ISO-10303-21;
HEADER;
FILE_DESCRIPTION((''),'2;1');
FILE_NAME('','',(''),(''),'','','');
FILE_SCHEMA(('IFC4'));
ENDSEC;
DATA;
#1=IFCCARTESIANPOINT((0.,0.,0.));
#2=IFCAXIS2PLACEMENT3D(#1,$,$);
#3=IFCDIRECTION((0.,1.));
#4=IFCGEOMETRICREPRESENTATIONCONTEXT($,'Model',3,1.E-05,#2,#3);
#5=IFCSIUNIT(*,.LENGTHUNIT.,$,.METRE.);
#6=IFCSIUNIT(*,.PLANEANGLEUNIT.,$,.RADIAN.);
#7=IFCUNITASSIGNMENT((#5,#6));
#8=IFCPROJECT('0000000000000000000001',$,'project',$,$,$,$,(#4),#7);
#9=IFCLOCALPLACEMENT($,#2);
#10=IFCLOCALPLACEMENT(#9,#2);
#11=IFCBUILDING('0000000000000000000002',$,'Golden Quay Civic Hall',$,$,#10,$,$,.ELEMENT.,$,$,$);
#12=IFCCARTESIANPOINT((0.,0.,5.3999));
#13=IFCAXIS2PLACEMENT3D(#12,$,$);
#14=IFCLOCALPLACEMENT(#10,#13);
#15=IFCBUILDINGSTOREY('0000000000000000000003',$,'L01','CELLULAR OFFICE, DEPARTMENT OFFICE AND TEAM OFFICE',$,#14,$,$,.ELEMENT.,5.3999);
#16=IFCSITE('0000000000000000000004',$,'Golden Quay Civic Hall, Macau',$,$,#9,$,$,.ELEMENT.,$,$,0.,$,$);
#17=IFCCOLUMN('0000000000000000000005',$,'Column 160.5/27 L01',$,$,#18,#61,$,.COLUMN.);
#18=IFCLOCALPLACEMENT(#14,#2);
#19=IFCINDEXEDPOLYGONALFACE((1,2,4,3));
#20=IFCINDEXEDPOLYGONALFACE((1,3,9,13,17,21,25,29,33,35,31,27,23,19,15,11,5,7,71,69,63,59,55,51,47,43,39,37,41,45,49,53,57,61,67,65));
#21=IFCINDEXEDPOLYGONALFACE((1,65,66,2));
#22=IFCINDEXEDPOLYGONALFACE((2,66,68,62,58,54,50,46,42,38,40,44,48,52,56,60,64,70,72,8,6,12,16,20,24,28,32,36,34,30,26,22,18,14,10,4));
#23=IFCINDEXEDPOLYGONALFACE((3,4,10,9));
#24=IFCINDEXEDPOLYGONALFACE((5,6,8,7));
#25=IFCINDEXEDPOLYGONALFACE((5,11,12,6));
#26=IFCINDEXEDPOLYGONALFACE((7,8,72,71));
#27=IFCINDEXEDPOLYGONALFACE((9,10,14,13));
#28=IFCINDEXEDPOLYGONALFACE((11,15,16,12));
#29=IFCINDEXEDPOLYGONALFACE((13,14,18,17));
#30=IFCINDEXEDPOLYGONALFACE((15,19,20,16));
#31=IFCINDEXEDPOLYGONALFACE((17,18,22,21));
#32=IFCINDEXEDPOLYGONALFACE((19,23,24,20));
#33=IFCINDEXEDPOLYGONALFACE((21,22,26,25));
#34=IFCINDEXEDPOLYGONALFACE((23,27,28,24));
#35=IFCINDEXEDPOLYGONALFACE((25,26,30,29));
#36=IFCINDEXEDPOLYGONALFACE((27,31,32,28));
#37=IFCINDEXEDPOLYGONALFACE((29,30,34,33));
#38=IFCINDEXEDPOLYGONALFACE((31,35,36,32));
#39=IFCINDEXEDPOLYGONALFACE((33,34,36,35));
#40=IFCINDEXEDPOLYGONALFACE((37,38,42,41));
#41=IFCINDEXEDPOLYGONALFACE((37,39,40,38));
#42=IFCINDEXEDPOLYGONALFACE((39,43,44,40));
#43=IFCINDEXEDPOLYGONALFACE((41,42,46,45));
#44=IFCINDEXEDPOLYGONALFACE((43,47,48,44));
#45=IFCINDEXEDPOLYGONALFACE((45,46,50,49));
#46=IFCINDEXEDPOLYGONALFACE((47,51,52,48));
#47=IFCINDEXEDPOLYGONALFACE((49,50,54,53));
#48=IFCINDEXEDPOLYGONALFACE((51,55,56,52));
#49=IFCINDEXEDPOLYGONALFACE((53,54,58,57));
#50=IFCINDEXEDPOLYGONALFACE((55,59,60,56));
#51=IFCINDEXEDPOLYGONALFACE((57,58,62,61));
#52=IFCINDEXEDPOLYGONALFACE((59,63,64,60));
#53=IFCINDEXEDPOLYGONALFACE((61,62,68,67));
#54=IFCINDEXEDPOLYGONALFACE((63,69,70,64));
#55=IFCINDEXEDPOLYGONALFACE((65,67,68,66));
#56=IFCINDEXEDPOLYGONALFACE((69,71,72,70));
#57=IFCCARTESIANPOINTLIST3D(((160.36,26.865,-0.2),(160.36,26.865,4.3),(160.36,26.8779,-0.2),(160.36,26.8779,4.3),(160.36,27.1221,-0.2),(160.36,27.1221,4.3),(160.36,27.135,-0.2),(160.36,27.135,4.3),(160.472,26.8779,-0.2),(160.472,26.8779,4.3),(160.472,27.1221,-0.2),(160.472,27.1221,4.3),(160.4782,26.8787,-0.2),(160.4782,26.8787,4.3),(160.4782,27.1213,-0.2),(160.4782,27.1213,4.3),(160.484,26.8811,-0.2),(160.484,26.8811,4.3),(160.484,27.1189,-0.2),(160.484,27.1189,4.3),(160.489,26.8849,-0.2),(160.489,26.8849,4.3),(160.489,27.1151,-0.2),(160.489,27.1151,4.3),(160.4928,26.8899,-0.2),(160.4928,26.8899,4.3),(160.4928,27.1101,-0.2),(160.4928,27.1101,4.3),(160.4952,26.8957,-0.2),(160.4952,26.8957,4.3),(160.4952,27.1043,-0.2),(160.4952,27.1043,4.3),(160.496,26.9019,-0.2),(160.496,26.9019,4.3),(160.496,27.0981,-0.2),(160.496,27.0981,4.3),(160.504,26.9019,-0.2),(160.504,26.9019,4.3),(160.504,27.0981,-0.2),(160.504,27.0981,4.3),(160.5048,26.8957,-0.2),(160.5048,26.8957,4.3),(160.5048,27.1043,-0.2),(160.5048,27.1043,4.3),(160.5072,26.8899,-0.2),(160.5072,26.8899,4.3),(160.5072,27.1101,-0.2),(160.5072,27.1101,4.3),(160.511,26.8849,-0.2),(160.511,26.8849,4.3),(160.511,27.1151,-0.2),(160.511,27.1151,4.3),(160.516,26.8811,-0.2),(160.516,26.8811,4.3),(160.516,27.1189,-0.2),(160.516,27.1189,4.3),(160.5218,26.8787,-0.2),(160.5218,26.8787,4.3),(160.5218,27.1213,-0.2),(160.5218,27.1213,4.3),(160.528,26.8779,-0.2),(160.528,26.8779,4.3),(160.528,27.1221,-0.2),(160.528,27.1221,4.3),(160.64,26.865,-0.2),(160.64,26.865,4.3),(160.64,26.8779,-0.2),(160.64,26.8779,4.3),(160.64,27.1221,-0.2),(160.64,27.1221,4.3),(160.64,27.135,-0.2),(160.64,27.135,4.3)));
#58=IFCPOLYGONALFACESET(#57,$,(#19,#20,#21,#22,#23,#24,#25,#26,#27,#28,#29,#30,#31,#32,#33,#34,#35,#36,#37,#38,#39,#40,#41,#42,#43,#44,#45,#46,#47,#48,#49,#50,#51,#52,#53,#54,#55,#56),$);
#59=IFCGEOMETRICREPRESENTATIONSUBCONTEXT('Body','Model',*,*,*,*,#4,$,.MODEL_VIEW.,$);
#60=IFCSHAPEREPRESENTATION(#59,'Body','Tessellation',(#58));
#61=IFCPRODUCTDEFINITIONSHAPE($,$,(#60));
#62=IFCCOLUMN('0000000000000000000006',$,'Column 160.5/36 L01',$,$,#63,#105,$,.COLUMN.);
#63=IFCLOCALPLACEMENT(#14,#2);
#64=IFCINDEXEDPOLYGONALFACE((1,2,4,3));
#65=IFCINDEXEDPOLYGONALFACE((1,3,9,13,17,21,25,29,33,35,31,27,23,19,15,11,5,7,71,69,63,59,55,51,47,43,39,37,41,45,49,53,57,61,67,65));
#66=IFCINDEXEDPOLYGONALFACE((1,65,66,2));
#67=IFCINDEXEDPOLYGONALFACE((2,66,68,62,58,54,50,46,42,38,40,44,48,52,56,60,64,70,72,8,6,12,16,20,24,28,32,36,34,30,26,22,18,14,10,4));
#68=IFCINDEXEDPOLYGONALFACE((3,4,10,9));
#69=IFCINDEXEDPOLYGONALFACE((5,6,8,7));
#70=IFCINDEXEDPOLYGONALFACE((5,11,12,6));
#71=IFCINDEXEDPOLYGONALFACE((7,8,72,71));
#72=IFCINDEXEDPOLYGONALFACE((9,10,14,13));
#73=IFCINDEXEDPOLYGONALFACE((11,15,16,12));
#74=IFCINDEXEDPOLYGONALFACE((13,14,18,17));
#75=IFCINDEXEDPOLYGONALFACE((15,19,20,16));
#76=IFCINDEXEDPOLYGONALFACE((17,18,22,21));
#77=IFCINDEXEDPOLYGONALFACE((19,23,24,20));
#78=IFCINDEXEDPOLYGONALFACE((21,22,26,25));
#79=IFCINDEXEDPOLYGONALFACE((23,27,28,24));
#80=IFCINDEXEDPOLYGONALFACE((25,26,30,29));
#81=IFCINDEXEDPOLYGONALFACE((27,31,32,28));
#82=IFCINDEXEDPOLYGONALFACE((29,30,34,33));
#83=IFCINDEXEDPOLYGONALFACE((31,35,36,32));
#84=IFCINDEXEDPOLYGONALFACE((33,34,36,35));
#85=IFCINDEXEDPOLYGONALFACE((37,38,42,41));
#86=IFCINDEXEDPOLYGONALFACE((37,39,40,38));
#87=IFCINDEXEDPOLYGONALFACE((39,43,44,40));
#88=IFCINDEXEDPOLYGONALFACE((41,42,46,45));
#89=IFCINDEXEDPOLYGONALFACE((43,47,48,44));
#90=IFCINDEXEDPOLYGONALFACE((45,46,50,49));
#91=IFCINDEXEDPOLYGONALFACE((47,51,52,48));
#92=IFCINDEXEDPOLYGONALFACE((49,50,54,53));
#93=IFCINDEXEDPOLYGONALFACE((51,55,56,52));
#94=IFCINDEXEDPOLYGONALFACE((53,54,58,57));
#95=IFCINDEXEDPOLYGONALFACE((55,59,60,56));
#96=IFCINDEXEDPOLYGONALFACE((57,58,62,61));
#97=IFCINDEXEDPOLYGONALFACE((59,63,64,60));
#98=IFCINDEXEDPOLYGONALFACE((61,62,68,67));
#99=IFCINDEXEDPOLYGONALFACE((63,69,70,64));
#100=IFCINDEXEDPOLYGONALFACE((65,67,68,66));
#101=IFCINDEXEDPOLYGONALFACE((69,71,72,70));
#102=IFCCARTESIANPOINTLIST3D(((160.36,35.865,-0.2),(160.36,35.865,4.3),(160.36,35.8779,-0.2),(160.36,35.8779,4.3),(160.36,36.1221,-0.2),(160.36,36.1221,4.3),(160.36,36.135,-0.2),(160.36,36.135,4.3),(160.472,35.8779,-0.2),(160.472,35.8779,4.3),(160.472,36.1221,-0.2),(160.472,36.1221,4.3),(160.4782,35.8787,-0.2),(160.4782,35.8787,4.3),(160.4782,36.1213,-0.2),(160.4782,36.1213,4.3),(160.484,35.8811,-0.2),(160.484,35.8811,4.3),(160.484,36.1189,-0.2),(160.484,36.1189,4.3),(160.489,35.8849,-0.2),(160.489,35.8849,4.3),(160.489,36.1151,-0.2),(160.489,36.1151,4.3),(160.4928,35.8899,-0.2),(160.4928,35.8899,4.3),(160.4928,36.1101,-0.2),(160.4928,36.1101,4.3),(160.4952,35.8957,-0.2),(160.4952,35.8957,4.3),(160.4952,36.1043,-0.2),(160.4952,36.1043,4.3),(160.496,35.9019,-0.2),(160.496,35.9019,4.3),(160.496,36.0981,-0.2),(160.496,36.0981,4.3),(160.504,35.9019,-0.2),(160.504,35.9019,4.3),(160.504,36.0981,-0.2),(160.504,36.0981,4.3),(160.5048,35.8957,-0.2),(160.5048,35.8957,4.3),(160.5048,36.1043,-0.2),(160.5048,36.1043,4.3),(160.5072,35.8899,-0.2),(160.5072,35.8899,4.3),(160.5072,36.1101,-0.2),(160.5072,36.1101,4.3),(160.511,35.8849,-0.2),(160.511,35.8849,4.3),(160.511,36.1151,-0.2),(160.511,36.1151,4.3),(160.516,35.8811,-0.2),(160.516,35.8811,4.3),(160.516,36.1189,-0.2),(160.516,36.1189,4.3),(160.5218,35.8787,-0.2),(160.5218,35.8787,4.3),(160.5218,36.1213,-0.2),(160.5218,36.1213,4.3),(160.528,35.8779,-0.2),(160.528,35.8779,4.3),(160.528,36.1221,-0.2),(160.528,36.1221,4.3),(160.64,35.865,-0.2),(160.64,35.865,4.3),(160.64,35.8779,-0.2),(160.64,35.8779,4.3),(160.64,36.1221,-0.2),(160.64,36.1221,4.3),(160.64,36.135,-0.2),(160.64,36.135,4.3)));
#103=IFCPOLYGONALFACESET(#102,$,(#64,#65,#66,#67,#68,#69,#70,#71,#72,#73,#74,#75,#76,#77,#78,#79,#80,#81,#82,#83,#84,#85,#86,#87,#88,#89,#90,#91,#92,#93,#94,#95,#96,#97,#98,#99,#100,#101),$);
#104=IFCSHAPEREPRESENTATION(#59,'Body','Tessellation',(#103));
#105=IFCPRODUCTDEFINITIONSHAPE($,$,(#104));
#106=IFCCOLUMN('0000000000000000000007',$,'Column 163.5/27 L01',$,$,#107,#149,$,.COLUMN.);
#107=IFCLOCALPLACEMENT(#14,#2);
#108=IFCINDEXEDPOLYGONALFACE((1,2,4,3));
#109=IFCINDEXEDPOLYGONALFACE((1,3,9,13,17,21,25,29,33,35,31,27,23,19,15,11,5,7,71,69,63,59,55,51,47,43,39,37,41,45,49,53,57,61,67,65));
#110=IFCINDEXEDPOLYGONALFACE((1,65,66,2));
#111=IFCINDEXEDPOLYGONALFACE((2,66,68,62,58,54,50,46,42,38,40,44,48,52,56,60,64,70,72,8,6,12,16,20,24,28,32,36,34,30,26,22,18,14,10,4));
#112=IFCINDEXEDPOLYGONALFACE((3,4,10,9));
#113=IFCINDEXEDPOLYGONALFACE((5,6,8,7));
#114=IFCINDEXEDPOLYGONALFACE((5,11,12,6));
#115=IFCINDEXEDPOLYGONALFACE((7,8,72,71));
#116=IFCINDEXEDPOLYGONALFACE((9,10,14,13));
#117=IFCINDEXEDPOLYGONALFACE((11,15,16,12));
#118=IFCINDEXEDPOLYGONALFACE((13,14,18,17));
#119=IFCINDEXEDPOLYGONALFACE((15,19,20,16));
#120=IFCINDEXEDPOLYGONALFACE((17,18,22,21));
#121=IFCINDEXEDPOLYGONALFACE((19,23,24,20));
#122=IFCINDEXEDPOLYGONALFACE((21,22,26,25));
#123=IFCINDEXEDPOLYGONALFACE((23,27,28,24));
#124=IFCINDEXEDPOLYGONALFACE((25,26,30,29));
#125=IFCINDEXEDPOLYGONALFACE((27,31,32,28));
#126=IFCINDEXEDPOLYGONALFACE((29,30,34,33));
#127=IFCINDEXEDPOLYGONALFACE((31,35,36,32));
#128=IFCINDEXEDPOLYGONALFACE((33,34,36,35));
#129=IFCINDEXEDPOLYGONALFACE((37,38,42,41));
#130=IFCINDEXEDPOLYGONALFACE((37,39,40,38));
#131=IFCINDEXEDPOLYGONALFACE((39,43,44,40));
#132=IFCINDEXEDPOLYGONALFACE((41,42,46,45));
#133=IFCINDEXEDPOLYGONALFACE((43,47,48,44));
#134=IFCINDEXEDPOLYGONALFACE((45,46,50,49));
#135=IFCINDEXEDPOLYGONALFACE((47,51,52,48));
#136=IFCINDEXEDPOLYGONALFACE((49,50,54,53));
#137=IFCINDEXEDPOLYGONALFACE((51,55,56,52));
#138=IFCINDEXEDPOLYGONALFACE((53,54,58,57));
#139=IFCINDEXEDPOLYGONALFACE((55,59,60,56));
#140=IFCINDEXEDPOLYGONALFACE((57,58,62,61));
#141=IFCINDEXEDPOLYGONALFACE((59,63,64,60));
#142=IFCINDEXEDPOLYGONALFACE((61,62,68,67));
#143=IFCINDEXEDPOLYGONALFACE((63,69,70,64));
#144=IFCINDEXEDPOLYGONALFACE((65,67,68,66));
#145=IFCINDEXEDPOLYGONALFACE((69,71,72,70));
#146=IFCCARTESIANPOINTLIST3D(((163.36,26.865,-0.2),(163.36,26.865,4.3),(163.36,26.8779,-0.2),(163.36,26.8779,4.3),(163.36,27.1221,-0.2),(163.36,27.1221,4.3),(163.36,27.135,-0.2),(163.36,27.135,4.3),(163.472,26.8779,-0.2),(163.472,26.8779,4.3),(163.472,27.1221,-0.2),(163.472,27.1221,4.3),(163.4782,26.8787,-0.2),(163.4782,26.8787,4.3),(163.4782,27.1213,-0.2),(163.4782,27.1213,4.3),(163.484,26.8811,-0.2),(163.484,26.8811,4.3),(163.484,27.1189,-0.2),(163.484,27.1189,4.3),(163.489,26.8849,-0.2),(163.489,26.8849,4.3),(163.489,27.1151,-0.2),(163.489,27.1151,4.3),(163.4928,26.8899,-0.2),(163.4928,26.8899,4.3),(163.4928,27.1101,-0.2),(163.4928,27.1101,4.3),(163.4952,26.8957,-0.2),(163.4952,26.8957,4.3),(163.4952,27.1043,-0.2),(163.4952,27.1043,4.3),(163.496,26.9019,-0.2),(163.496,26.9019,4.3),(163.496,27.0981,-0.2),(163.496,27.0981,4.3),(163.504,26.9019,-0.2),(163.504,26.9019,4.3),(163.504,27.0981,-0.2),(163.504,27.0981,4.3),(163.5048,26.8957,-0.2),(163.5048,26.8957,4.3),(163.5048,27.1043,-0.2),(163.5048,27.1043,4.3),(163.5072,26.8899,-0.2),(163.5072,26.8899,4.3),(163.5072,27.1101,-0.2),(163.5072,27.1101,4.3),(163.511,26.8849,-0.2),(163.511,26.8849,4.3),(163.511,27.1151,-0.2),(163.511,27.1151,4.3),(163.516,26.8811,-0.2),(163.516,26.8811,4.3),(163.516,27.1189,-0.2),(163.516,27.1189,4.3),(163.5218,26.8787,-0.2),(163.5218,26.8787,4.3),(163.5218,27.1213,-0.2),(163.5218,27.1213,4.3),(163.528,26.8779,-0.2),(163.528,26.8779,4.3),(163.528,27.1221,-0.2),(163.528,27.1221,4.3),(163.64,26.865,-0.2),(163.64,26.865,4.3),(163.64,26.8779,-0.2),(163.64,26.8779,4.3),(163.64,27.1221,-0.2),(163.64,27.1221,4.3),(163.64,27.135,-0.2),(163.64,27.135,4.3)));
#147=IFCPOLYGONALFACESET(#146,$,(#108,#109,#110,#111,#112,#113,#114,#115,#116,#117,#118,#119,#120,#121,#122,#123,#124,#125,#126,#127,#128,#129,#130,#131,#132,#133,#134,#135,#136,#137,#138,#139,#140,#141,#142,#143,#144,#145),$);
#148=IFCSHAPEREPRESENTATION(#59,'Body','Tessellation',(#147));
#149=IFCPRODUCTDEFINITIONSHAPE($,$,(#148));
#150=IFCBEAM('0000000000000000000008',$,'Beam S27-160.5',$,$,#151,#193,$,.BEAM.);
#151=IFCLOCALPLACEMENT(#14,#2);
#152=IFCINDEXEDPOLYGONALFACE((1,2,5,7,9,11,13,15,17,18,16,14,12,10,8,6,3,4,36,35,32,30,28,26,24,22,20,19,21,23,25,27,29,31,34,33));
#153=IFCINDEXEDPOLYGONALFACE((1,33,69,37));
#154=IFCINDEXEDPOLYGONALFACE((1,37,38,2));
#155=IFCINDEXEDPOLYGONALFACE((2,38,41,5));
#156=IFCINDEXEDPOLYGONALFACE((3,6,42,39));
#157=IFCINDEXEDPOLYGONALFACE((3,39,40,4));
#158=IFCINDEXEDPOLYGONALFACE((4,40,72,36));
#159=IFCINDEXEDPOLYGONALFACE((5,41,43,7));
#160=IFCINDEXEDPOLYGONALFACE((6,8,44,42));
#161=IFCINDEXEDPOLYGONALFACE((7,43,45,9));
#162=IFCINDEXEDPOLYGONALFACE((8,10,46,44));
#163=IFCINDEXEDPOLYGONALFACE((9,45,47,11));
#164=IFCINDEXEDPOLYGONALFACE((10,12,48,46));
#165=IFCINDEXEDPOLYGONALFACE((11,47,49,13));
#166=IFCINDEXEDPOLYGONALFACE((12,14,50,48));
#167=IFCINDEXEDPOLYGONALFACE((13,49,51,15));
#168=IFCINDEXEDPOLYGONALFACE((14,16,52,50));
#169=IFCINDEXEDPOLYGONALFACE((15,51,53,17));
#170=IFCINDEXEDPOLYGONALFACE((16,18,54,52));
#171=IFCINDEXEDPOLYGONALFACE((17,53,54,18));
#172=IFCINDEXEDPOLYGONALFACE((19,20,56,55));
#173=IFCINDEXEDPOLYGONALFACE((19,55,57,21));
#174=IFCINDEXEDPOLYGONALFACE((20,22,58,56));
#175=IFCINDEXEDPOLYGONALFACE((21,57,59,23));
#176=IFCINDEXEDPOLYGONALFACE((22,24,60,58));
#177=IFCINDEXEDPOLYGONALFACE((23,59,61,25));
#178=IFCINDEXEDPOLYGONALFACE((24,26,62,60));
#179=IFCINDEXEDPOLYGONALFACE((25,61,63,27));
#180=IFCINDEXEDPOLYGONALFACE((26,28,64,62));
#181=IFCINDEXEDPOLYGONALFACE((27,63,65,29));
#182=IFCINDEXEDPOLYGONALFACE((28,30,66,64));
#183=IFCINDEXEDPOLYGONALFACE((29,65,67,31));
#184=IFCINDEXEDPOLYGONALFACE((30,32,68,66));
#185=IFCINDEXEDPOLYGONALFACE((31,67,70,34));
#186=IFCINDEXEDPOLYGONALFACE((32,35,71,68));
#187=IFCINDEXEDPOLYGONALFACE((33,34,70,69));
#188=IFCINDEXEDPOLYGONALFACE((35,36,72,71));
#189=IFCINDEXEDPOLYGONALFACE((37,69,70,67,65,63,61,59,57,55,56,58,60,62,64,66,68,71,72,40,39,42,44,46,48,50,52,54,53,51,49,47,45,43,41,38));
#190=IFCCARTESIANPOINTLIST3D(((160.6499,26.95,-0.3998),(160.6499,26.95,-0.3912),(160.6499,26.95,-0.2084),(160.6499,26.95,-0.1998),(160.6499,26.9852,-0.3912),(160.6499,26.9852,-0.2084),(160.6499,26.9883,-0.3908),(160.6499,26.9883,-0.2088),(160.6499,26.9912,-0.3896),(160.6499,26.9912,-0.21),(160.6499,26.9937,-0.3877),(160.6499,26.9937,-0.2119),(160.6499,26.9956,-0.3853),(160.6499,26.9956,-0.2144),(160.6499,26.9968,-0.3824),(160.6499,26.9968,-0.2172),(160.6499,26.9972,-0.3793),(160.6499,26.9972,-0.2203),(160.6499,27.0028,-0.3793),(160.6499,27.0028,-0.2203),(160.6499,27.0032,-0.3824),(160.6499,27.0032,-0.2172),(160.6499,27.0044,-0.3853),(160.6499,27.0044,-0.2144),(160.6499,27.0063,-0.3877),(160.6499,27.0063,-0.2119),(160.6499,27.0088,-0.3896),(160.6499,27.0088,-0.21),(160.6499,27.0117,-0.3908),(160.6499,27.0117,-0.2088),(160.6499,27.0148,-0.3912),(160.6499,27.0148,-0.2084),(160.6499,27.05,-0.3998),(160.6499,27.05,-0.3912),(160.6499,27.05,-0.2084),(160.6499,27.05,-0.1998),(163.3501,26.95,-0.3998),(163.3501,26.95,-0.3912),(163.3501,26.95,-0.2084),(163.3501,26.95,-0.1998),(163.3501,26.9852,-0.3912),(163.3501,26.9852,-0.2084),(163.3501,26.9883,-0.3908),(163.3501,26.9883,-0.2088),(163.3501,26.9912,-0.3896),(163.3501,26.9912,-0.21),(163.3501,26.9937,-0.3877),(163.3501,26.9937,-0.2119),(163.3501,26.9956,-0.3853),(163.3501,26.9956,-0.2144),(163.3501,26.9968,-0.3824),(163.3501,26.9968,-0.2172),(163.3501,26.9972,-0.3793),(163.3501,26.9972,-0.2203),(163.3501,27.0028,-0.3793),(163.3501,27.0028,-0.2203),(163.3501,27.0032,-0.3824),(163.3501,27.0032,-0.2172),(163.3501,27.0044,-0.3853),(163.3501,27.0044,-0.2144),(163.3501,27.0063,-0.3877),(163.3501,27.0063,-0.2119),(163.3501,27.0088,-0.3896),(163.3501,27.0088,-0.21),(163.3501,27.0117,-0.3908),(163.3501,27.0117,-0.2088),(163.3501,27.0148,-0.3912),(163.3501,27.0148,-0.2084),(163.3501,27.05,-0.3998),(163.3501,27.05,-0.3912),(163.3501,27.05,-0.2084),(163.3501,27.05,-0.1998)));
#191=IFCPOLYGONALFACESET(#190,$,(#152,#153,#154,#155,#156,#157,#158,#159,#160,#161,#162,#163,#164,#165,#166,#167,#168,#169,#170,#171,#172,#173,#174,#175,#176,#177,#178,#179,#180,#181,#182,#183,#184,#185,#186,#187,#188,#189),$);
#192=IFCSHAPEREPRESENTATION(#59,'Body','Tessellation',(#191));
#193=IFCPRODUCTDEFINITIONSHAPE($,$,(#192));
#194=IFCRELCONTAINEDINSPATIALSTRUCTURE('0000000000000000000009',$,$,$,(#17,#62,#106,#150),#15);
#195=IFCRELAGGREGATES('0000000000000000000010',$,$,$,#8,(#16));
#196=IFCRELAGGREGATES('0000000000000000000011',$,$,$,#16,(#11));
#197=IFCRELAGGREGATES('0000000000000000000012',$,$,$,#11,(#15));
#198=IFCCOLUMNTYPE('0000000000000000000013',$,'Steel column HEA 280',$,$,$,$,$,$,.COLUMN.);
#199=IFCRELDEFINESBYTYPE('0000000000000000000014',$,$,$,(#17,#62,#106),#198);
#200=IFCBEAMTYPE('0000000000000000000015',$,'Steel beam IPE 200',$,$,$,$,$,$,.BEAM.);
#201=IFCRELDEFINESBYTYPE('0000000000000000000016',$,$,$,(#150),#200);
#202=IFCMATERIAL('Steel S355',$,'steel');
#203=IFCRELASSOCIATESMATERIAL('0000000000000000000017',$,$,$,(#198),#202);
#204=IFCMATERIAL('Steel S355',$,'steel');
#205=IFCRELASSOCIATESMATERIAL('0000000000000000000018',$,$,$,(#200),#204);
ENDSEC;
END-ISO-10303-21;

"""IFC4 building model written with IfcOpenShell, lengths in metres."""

from ifc_helpers import new_model, si_unit, direction, frame, origin, origin_2d, place, context, subcontext, project, spatial, i_section, extrude, material, material_profile, profile_set, type_object, element, save


model = new_model("IFC4")

# Units and contexts
model_context = context("Model", 3, precision=1e-05, world=origin(), true_north=direction((0.0, 1.0)))
body_context = subcontext(model_context, "Body", "Model", "MODEL_VIEW")
ifc_project = project(units=[si_unit("LENGTHUNIT", "METRE"), si_unit("PLANEANGLEUNIT", "RADIAN")], contexts=[model_context])

# Site, building, storey
site_placement = place(None, origin())
site = spatial("IfcSite", under=ifc_project, at=site_placement, Name="Golden Quay Civic Hall, Macau", CompositionType="ELEMENT", RefElevation=0.0)
building_placement = place(site_placement, origin())
building = spatial("IfcBuilding", under=site, at=building_placement, Name="Golden Quay Civic Hall", CompositionType="ELEMENT")
storey_placement = place(building_placement, frame((0.0, 0.0, 5.3999)))
storey = spatial("IfcBuildingStorey", under=building, at=storey_placement, Name="L01", Description="CELLULAR OFFICE, DEPARTMENT OFFICE AND TEAM OFFICE", CompositionType="ELEMENT", Elevation=5.3999)

# Columns
ifc_material_1 = material(Name="Steel S355", Category="steel")
ifc_material_profile_1 = material_profile(ifc_material_1, i_section(OverallWidth=0.28, OverallDepth=0.27, WebThickness=0.0081, FlangeThickness=0.0129, FilletRadius=0.0239, at=origin_2d()), Name="HEA 280")
ifc_profile_set_1 = profile_set([ifc_material_profile_1], Name="Steel S355")
column_type = type_object("IfcColumnType", Name="Steel column HEA 280", PredefinedType="COLUMN", material=ifc_profile_set_1)
for number, where, z_axis, x_axis, name in (
    (1, (160.5, 27.0, -0.2), (0.0, 0.0, 1.0), (1.0, 0.0, 0.0), "Column 160.5/27 L01"),
    (2, (160.5, 36.0, -0.2), (0.0, 0.0, 1.0), (1.0, 0.0, 0.0), "Column 160.5/36 L01"),
    (3, (163.5, 27.0, -0.2), (0.0, 0.0, 1.0), (1.0, 0.0, 0.0), "Column 163.5/27 L01"),
):
    element("IfcColumn", number, at=place(storey_placement, frame(where, z_axis=z_axis, x_axis=x_axis)), inside=storey, type_object=column_type, Name=name, PredefinedType="COLUMN", context=body_context, shape_type="SweptSolid", body=[
        extrude(i_section(OverallWidth=0.28, OverallDepth=0.27, WebThickness=0.0081, FlangeThickness=0.0129, FilletRadius=0.0239, at=origin_2d()), origin(), (0.0, 0.0, 1.0), 4.5),
    ])

# Beam
ifc_material_2 = material(Name="Steel S355", Category="steel")
ifc_material_profile_2 = material_profile(ifc_material_2, i_section(OverallWidth=0.1001, OverallDepth=0.2, WebThickness=0.0056, FlangeThickness=0.0085, FilletRadius=0.012, at=origin_2d()), Name="IPE 200")
ifc_profile_set_2 = profile_set([ifc_material_profile_2], Name="Steel S355")
beam_type_1 = type_object("IfcBeamType", Name="Steel beam IPE 200", PredefinedType="BEAM", material=ifc_profile_set_2)
for number, where, z_axis, x_axis, name in (
    (4, (160.6499, 27.0, -0.2998), (1.0, 0.0, 0.0), (0.0, 1.0, 0.0), "Beam S27-160.5"),
):
    element("IfcBeam", number, at=place(storey_placement, frame(where, z_axis=z_axis, x_axis=x_axis)), inside=storey, type_object=beam_type_1, Name=name, PredefinedType="BEAM", context=body_context, shape_type="SweptSolid", body=[
        extrude(i_section(OverallWidth=0.1001, OverallDepth=0.2, WebThickness=0.0056, FlangeThickness=0.0085, FilletRadius=0.012, at=origin_2d()), origin(), (0.0, 0.0, 1.0), 2.7002),
    ])

save(model, "model.ifc")
